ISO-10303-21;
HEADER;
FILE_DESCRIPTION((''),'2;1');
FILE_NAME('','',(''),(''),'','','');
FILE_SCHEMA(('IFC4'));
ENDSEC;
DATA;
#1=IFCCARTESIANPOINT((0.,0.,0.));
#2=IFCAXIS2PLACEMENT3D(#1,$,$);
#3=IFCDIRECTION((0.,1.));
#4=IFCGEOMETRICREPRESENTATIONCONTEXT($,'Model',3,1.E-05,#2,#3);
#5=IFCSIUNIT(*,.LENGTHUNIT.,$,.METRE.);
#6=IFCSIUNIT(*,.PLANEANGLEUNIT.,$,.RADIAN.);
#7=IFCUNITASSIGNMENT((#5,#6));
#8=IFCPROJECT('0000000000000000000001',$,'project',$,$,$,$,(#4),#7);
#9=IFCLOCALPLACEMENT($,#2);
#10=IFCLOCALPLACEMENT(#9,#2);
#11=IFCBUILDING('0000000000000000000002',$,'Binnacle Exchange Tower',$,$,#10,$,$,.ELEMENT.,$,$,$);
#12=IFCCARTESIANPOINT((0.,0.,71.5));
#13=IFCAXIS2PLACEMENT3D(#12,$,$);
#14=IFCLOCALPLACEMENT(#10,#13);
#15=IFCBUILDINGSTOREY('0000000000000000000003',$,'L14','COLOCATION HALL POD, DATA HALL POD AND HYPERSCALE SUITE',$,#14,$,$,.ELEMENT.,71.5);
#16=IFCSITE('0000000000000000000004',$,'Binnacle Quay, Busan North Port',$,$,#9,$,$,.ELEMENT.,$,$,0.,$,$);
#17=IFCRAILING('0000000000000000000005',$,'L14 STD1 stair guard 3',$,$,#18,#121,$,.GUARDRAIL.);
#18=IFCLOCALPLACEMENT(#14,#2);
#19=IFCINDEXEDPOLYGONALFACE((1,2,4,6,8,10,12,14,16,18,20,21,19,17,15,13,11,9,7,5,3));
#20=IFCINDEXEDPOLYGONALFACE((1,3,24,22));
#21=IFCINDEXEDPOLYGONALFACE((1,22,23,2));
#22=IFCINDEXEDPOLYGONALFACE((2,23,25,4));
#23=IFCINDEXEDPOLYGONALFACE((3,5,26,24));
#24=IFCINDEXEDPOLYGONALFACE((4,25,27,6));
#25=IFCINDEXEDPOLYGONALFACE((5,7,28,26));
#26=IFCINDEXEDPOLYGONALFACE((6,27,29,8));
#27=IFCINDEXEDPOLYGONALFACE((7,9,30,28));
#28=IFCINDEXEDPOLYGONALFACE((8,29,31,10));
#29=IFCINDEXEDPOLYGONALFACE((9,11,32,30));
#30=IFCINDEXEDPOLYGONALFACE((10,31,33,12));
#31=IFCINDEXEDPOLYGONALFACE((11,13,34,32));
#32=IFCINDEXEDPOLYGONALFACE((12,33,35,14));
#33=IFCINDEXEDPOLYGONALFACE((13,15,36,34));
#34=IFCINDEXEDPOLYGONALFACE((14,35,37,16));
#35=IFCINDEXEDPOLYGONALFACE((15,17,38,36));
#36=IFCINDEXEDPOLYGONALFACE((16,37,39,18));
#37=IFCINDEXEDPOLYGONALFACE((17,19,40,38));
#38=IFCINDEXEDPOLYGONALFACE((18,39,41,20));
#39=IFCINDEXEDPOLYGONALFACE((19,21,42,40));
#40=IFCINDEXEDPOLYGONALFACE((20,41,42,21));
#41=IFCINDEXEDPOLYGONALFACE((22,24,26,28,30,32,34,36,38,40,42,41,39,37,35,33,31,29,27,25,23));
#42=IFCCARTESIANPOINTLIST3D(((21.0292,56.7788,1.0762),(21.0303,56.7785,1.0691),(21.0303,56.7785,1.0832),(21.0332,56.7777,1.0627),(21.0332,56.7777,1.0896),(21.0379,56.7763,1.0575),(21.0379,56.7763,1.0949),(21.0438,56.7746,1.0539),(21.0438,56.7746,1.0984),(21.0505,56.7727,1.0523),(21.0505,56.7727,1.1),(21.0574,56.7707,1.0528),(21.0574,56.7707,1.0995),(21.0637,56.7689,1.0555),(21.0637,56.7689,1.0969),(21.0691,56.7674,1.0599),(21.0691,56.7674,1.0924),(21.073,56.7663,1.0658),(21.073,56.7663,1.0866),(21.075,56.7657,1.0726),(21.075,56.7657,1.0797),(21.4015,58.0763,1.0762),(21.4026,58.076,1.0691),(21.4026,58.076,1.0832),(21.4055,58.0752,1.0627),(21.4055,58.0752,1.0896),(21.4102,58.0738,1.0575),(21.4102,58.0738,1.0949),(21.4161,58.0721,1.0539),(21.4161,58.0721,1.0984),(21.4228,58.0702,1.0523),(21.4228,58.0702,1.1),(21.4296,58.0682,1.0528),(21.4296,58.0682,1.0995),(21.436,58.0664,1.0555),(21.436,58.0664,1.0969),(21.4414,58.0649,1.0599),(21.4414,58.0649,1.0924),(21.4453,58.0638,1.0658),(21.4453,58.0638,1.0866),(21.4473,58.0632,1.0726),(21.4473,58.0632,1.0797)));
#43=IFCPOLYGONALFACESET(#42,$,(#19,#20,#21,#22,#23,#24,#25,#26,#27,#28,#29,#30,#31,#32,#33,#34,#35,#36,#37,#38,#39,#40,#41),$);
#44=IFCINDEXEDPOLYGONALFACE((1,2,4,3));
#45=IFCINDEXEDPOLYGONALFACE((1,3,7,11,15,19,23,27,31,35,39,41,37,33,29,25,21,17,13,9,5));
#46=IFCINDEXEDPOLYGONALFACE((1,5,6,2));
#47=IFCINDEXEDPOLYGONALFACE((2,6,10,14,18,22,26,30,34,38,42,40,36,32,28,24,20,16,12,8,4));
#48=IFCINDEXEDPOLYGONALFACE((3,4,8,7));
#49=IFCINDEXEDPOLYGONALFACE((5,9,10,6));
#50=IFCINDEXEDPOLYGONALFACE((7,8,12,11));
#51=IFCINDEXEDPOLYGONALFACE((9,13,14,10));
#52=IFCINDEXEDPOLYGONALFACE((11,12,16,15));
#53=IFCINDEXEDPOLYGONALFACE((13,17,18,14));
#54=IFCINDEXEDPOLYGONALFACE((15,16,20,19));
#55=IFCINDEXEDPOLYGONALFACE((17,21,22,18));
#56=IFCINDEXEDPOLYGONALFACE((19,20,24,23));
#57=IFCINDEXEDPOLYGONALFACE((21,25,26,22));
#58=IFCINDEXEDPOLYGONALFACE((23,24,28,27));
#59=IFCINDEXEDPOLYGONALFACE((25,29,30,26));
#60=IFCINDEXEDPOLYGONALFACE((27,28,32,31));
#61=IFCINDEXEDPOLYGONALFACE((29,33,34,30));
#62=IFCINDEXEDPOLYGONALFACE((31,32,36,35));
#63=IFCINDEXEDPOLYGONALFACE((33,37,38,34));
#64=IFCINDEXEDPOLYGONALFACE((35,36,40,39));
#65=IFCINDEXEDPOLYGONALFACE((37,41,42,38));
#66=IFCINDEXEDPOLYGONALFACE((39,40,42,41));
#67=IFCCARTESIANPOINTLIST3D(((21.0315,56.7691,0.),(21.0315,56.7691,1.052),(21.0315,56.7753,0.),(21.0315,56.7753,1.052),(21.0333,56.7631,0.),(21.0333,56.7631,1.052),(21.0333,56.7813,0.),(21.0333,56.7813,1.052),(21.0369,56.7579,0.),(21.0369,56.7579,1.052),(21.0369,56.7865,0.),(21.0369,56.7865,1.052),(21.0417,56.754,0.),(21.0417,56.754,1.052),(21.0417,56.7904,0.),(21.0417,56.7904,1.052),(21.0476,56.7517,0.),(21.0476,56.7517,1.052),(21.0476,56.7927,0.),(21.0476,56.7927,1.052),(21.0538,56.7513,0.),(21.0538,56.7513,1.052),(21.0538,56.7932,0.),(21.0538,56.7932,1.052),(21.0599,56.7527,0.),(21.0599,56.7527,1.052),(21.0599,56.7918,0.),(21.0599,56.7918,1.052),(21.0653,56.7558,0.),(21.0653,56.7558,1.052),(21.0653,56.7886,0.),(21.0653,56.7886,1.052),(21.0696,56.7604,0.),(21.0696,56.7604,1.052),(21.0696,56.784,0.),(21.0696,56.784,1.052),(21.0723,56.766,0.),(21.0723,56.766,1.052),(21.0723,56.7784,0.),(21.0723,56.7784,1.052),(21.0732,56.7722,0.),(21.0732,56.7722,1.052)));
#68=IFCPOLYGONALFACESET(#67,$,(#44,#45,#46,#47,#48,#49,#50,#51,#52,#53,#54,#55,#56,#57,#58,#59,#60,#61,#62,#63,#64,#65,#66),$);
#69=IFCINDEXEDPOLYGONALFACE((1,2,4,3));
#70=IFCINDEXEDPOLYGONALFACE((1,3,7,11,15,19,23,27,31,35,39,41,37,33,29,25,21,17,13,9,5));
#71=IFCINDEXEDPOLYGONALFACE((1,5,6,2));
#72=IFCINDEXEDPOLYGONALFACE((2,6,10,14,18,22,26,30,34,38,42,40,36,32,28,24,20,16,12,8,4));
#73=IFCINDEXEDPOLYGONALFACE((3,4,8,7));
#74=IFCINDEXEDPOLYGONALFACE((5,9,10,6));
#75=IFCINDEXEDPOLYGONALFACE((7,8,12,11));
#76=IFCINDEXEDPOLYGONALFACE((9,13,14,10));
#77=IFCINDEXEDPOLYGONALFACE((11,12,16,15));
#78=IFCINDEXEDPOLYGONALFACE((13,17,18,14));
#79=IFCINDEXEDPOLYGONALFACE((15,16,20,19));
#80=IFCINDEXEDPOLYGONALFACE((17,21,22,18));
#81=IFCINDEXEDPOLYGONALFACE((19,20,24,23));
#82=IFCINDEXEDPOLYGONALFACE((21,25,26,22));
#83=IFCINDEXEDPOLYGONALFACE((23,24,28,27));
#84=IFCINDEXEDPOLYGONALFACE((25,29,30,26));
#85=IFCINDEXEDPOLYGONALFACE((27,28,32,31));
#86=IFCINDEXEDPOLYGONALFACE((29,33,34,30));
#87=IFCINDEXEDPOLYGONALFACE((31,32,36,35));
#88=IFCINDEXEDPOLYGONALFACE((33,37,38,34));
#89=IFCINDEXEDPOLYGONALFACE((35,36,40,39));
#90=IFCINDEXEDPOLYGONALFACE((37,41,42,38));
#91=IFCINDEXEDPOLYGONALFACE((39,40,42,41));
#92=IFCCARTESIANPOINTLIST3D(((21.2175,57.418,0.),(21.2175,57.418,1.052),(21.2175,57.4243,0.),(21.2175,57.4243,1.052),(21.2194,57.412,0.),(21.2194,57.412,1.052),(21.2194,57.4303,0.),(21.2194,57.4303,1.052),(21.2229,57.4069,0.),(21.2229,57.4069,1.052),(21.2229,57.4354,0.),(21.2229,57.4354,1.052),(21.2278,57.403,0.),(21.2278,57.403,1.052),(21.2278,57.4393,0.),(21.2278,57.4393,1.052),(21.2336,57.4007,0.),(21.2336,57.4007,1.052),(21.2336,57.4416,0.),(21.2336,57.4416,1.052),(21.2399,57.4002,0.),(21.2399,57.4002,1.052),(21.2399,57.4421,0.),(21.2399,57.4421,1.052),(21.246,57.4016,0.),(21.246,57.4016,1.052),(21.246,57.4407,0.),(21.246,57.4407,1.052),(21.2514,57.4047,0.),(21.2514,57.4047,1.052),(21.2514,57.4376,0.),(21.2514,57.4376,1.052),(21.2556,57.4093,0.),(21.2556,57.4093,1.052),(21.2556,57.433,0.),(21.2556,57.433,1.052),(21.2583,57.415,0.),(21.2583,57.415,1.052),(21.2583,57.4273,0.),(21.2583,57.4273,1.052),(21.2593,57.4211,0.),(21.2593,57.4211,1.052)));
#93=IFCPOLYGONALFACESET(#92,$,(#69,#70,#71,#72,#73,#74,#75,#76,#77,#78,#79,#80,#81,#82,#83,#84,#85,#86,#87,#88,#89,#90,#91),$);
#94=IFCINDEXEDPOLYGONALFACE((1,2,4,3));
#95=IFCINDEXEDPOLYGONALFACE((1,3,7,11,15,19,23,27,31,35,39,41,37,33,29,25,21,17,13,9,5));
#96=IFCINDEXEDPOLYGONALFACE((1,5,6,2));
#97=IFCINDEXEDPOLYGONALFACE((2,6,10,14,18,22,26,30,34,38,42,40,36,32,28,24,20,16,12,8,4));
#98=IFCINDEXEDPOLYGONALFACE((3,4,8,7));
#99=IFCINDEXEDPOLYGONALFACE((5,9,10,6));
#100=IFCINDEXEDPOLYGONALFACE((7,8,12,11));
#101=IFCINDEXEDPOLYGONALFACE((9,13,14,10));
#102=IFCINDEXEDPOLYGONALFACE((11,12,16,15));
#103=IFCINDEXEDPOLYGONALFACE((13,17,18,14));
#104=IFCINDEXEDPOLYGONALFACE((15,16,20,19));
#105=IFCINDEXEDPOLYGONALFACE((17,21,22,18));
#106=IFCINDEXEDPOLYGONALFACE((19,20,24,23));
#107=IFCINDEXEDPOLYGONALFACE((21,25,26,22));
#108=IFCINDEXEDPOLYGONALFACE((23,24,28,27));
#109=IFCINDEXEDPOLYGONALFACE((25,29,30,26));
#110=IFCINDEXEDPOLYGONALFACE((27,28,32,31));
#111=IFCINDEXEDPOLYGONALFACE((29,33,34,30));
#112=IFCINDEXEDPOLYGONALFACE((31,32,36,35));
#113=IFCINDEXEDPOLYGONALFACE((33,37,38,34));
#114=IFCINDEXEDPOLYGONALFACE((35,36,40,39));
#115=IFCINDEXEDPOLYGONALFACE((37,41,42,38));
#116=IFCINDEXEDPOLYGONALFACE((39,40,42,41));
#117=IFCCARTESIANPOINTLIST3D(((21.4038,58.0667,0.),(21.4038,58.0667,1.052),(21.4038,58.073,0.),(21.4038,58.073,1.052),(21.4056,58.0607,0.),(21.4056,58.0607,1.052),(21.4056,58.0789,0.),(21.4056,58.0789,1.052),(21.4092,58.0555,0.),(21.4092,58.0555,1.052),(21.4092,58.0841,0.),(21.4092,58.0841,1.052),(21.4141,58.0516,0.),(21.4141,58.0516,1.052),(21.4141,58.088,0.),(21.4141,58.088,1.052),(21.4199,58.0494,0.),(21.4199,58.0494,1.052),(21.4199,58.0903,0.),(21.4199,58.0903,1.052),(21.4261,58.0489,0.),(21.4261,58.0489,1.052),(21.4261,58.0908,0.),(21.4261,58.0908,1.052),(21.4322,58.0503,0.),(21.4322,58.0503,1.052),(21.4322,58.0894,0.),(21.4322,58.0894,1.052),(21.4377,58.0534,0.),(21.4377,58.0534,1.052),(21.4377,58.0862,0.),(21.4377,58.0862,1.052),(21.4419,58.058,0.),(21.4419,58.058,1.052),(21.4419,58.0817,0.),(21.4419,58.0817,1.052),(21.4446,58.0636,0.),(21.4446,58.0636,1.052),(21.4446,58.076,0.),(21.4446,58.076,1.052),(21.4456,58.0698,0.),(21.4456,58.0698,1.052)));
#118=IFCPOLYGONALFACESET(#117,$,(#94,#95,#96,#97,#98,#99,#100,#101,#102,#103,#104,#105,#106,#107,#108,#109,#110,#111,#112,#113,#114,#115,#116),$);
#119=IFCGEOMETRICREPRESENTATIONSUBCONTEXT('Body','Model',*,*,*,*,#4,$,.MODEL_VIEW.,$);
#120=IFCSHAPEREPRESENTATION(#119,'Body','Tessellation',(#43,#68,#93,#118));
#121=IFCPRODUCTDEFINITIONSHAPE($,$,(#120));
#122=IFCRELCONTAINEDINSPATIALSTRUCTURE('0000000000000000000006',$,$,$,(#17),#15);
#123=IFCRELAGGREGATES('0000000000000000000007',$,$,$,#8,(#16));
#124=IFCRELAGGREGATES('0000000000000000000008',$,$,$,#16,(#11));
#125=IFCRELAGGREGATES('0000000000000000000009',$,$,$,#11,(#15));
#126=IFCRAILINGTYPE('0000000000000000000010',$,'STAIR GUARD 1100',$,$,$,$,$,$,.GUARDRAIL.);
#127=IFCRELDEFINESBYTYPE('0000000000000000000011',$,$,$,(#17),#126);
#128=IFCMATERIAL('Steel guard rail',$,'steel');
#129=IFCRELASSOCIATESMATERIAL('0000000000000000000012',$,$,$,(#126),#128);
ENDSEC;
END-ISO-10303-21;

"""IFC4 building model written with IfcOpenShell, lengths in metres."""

from ifc_helpers import new_model, si_unit, direction, frame, origin, origin_2d, place, context, subcontext, project, spatial, circle, extrude, material, type_object, element, save


model = new_model("IFC4")

# Units and contexts
model_context = context("Model", 3, precision=1e-05, world=origin(), true_north=direction((0.0, 1.0)))
body_context = subcontext(model_context, "Body", "Model", "MODEL_VIEW")
ifc_project = project(units=[si_unit("LENGTHUNIT", "METRE"), si_unit("PLANEANGLEUNIT", "RADIAN")], contexts=[model_context])

# Site, building, storey
site_placement = place(None, origin())
site = spatial("IfcSite", under=ifc_project, at=site_placement, Name="Binnacle Quay, Busan North Port", CompositionType="ELEMENT", RefElevation=0.0)
building_placement = place(site_placement, origin())
building = spatial("IfcBuilding", under=site, at=building_placement, Name="Binnacle Exchange Tower", CompositionType="ELEMENT")
storey_placement = place(building_placement, frame((0.0, 0.0, 71.5)))
storey = spatial("IfcBuildingStorey", under=building, at=storey_placement, Name="L14", Description="COLOCATION HALL POD, DATA HALL POD AND HYPERSCALE SUITE", CompositionType="ELEMENT", Elevation=71.5)

# Railing
ifc_material_1 = material(Name="Steel guard rail", Category="steel")
railing_type_1 = type_object("IfcRailingType", Name="STAIR GUARD 1100", PredefinedType="GUARDRAIL", material=ifc_material_1)
railing_1_placement = place(storey_placement, frame((21.0522, 56.7722, 0.0)))
element("IfcRailing", 1, at=railing_1_placement, inside=storey, type_object=railing_type_1, Name="L14 STD1 stair guard 3", PredefinedType="GUARDRAIL", context=body_context, shape_type="SweptSolid", body=[
    extrude(circle(Radius=0.0239, at=origin_2d()), frame((0.0, 0.0, 1.0762), z_axis=(0.275796, 0.961216, 0.0), x_axis=(-0.961216, 0.275796, 0.0)), (0.0, 0.0, 1.0), 1.3499),
    extrude(circle(Radius=0.021, at=origin_2d()), origin(), (0.0, 0.0, 1.0), 1.052),
    extrude(circle(Radius=0.021, at=origin_2d()), frame((0.186, 0.6489, 0.0)), (0.0, 0.0, 1.0), 1.052),
    extrude(circle(Radius=0.021, at=origin_2d()), frame((0.3723, 1.2976, 0.0)), (0.0, 0.0, 1.0), 1.052),
])

save(model, "model.ifc")
